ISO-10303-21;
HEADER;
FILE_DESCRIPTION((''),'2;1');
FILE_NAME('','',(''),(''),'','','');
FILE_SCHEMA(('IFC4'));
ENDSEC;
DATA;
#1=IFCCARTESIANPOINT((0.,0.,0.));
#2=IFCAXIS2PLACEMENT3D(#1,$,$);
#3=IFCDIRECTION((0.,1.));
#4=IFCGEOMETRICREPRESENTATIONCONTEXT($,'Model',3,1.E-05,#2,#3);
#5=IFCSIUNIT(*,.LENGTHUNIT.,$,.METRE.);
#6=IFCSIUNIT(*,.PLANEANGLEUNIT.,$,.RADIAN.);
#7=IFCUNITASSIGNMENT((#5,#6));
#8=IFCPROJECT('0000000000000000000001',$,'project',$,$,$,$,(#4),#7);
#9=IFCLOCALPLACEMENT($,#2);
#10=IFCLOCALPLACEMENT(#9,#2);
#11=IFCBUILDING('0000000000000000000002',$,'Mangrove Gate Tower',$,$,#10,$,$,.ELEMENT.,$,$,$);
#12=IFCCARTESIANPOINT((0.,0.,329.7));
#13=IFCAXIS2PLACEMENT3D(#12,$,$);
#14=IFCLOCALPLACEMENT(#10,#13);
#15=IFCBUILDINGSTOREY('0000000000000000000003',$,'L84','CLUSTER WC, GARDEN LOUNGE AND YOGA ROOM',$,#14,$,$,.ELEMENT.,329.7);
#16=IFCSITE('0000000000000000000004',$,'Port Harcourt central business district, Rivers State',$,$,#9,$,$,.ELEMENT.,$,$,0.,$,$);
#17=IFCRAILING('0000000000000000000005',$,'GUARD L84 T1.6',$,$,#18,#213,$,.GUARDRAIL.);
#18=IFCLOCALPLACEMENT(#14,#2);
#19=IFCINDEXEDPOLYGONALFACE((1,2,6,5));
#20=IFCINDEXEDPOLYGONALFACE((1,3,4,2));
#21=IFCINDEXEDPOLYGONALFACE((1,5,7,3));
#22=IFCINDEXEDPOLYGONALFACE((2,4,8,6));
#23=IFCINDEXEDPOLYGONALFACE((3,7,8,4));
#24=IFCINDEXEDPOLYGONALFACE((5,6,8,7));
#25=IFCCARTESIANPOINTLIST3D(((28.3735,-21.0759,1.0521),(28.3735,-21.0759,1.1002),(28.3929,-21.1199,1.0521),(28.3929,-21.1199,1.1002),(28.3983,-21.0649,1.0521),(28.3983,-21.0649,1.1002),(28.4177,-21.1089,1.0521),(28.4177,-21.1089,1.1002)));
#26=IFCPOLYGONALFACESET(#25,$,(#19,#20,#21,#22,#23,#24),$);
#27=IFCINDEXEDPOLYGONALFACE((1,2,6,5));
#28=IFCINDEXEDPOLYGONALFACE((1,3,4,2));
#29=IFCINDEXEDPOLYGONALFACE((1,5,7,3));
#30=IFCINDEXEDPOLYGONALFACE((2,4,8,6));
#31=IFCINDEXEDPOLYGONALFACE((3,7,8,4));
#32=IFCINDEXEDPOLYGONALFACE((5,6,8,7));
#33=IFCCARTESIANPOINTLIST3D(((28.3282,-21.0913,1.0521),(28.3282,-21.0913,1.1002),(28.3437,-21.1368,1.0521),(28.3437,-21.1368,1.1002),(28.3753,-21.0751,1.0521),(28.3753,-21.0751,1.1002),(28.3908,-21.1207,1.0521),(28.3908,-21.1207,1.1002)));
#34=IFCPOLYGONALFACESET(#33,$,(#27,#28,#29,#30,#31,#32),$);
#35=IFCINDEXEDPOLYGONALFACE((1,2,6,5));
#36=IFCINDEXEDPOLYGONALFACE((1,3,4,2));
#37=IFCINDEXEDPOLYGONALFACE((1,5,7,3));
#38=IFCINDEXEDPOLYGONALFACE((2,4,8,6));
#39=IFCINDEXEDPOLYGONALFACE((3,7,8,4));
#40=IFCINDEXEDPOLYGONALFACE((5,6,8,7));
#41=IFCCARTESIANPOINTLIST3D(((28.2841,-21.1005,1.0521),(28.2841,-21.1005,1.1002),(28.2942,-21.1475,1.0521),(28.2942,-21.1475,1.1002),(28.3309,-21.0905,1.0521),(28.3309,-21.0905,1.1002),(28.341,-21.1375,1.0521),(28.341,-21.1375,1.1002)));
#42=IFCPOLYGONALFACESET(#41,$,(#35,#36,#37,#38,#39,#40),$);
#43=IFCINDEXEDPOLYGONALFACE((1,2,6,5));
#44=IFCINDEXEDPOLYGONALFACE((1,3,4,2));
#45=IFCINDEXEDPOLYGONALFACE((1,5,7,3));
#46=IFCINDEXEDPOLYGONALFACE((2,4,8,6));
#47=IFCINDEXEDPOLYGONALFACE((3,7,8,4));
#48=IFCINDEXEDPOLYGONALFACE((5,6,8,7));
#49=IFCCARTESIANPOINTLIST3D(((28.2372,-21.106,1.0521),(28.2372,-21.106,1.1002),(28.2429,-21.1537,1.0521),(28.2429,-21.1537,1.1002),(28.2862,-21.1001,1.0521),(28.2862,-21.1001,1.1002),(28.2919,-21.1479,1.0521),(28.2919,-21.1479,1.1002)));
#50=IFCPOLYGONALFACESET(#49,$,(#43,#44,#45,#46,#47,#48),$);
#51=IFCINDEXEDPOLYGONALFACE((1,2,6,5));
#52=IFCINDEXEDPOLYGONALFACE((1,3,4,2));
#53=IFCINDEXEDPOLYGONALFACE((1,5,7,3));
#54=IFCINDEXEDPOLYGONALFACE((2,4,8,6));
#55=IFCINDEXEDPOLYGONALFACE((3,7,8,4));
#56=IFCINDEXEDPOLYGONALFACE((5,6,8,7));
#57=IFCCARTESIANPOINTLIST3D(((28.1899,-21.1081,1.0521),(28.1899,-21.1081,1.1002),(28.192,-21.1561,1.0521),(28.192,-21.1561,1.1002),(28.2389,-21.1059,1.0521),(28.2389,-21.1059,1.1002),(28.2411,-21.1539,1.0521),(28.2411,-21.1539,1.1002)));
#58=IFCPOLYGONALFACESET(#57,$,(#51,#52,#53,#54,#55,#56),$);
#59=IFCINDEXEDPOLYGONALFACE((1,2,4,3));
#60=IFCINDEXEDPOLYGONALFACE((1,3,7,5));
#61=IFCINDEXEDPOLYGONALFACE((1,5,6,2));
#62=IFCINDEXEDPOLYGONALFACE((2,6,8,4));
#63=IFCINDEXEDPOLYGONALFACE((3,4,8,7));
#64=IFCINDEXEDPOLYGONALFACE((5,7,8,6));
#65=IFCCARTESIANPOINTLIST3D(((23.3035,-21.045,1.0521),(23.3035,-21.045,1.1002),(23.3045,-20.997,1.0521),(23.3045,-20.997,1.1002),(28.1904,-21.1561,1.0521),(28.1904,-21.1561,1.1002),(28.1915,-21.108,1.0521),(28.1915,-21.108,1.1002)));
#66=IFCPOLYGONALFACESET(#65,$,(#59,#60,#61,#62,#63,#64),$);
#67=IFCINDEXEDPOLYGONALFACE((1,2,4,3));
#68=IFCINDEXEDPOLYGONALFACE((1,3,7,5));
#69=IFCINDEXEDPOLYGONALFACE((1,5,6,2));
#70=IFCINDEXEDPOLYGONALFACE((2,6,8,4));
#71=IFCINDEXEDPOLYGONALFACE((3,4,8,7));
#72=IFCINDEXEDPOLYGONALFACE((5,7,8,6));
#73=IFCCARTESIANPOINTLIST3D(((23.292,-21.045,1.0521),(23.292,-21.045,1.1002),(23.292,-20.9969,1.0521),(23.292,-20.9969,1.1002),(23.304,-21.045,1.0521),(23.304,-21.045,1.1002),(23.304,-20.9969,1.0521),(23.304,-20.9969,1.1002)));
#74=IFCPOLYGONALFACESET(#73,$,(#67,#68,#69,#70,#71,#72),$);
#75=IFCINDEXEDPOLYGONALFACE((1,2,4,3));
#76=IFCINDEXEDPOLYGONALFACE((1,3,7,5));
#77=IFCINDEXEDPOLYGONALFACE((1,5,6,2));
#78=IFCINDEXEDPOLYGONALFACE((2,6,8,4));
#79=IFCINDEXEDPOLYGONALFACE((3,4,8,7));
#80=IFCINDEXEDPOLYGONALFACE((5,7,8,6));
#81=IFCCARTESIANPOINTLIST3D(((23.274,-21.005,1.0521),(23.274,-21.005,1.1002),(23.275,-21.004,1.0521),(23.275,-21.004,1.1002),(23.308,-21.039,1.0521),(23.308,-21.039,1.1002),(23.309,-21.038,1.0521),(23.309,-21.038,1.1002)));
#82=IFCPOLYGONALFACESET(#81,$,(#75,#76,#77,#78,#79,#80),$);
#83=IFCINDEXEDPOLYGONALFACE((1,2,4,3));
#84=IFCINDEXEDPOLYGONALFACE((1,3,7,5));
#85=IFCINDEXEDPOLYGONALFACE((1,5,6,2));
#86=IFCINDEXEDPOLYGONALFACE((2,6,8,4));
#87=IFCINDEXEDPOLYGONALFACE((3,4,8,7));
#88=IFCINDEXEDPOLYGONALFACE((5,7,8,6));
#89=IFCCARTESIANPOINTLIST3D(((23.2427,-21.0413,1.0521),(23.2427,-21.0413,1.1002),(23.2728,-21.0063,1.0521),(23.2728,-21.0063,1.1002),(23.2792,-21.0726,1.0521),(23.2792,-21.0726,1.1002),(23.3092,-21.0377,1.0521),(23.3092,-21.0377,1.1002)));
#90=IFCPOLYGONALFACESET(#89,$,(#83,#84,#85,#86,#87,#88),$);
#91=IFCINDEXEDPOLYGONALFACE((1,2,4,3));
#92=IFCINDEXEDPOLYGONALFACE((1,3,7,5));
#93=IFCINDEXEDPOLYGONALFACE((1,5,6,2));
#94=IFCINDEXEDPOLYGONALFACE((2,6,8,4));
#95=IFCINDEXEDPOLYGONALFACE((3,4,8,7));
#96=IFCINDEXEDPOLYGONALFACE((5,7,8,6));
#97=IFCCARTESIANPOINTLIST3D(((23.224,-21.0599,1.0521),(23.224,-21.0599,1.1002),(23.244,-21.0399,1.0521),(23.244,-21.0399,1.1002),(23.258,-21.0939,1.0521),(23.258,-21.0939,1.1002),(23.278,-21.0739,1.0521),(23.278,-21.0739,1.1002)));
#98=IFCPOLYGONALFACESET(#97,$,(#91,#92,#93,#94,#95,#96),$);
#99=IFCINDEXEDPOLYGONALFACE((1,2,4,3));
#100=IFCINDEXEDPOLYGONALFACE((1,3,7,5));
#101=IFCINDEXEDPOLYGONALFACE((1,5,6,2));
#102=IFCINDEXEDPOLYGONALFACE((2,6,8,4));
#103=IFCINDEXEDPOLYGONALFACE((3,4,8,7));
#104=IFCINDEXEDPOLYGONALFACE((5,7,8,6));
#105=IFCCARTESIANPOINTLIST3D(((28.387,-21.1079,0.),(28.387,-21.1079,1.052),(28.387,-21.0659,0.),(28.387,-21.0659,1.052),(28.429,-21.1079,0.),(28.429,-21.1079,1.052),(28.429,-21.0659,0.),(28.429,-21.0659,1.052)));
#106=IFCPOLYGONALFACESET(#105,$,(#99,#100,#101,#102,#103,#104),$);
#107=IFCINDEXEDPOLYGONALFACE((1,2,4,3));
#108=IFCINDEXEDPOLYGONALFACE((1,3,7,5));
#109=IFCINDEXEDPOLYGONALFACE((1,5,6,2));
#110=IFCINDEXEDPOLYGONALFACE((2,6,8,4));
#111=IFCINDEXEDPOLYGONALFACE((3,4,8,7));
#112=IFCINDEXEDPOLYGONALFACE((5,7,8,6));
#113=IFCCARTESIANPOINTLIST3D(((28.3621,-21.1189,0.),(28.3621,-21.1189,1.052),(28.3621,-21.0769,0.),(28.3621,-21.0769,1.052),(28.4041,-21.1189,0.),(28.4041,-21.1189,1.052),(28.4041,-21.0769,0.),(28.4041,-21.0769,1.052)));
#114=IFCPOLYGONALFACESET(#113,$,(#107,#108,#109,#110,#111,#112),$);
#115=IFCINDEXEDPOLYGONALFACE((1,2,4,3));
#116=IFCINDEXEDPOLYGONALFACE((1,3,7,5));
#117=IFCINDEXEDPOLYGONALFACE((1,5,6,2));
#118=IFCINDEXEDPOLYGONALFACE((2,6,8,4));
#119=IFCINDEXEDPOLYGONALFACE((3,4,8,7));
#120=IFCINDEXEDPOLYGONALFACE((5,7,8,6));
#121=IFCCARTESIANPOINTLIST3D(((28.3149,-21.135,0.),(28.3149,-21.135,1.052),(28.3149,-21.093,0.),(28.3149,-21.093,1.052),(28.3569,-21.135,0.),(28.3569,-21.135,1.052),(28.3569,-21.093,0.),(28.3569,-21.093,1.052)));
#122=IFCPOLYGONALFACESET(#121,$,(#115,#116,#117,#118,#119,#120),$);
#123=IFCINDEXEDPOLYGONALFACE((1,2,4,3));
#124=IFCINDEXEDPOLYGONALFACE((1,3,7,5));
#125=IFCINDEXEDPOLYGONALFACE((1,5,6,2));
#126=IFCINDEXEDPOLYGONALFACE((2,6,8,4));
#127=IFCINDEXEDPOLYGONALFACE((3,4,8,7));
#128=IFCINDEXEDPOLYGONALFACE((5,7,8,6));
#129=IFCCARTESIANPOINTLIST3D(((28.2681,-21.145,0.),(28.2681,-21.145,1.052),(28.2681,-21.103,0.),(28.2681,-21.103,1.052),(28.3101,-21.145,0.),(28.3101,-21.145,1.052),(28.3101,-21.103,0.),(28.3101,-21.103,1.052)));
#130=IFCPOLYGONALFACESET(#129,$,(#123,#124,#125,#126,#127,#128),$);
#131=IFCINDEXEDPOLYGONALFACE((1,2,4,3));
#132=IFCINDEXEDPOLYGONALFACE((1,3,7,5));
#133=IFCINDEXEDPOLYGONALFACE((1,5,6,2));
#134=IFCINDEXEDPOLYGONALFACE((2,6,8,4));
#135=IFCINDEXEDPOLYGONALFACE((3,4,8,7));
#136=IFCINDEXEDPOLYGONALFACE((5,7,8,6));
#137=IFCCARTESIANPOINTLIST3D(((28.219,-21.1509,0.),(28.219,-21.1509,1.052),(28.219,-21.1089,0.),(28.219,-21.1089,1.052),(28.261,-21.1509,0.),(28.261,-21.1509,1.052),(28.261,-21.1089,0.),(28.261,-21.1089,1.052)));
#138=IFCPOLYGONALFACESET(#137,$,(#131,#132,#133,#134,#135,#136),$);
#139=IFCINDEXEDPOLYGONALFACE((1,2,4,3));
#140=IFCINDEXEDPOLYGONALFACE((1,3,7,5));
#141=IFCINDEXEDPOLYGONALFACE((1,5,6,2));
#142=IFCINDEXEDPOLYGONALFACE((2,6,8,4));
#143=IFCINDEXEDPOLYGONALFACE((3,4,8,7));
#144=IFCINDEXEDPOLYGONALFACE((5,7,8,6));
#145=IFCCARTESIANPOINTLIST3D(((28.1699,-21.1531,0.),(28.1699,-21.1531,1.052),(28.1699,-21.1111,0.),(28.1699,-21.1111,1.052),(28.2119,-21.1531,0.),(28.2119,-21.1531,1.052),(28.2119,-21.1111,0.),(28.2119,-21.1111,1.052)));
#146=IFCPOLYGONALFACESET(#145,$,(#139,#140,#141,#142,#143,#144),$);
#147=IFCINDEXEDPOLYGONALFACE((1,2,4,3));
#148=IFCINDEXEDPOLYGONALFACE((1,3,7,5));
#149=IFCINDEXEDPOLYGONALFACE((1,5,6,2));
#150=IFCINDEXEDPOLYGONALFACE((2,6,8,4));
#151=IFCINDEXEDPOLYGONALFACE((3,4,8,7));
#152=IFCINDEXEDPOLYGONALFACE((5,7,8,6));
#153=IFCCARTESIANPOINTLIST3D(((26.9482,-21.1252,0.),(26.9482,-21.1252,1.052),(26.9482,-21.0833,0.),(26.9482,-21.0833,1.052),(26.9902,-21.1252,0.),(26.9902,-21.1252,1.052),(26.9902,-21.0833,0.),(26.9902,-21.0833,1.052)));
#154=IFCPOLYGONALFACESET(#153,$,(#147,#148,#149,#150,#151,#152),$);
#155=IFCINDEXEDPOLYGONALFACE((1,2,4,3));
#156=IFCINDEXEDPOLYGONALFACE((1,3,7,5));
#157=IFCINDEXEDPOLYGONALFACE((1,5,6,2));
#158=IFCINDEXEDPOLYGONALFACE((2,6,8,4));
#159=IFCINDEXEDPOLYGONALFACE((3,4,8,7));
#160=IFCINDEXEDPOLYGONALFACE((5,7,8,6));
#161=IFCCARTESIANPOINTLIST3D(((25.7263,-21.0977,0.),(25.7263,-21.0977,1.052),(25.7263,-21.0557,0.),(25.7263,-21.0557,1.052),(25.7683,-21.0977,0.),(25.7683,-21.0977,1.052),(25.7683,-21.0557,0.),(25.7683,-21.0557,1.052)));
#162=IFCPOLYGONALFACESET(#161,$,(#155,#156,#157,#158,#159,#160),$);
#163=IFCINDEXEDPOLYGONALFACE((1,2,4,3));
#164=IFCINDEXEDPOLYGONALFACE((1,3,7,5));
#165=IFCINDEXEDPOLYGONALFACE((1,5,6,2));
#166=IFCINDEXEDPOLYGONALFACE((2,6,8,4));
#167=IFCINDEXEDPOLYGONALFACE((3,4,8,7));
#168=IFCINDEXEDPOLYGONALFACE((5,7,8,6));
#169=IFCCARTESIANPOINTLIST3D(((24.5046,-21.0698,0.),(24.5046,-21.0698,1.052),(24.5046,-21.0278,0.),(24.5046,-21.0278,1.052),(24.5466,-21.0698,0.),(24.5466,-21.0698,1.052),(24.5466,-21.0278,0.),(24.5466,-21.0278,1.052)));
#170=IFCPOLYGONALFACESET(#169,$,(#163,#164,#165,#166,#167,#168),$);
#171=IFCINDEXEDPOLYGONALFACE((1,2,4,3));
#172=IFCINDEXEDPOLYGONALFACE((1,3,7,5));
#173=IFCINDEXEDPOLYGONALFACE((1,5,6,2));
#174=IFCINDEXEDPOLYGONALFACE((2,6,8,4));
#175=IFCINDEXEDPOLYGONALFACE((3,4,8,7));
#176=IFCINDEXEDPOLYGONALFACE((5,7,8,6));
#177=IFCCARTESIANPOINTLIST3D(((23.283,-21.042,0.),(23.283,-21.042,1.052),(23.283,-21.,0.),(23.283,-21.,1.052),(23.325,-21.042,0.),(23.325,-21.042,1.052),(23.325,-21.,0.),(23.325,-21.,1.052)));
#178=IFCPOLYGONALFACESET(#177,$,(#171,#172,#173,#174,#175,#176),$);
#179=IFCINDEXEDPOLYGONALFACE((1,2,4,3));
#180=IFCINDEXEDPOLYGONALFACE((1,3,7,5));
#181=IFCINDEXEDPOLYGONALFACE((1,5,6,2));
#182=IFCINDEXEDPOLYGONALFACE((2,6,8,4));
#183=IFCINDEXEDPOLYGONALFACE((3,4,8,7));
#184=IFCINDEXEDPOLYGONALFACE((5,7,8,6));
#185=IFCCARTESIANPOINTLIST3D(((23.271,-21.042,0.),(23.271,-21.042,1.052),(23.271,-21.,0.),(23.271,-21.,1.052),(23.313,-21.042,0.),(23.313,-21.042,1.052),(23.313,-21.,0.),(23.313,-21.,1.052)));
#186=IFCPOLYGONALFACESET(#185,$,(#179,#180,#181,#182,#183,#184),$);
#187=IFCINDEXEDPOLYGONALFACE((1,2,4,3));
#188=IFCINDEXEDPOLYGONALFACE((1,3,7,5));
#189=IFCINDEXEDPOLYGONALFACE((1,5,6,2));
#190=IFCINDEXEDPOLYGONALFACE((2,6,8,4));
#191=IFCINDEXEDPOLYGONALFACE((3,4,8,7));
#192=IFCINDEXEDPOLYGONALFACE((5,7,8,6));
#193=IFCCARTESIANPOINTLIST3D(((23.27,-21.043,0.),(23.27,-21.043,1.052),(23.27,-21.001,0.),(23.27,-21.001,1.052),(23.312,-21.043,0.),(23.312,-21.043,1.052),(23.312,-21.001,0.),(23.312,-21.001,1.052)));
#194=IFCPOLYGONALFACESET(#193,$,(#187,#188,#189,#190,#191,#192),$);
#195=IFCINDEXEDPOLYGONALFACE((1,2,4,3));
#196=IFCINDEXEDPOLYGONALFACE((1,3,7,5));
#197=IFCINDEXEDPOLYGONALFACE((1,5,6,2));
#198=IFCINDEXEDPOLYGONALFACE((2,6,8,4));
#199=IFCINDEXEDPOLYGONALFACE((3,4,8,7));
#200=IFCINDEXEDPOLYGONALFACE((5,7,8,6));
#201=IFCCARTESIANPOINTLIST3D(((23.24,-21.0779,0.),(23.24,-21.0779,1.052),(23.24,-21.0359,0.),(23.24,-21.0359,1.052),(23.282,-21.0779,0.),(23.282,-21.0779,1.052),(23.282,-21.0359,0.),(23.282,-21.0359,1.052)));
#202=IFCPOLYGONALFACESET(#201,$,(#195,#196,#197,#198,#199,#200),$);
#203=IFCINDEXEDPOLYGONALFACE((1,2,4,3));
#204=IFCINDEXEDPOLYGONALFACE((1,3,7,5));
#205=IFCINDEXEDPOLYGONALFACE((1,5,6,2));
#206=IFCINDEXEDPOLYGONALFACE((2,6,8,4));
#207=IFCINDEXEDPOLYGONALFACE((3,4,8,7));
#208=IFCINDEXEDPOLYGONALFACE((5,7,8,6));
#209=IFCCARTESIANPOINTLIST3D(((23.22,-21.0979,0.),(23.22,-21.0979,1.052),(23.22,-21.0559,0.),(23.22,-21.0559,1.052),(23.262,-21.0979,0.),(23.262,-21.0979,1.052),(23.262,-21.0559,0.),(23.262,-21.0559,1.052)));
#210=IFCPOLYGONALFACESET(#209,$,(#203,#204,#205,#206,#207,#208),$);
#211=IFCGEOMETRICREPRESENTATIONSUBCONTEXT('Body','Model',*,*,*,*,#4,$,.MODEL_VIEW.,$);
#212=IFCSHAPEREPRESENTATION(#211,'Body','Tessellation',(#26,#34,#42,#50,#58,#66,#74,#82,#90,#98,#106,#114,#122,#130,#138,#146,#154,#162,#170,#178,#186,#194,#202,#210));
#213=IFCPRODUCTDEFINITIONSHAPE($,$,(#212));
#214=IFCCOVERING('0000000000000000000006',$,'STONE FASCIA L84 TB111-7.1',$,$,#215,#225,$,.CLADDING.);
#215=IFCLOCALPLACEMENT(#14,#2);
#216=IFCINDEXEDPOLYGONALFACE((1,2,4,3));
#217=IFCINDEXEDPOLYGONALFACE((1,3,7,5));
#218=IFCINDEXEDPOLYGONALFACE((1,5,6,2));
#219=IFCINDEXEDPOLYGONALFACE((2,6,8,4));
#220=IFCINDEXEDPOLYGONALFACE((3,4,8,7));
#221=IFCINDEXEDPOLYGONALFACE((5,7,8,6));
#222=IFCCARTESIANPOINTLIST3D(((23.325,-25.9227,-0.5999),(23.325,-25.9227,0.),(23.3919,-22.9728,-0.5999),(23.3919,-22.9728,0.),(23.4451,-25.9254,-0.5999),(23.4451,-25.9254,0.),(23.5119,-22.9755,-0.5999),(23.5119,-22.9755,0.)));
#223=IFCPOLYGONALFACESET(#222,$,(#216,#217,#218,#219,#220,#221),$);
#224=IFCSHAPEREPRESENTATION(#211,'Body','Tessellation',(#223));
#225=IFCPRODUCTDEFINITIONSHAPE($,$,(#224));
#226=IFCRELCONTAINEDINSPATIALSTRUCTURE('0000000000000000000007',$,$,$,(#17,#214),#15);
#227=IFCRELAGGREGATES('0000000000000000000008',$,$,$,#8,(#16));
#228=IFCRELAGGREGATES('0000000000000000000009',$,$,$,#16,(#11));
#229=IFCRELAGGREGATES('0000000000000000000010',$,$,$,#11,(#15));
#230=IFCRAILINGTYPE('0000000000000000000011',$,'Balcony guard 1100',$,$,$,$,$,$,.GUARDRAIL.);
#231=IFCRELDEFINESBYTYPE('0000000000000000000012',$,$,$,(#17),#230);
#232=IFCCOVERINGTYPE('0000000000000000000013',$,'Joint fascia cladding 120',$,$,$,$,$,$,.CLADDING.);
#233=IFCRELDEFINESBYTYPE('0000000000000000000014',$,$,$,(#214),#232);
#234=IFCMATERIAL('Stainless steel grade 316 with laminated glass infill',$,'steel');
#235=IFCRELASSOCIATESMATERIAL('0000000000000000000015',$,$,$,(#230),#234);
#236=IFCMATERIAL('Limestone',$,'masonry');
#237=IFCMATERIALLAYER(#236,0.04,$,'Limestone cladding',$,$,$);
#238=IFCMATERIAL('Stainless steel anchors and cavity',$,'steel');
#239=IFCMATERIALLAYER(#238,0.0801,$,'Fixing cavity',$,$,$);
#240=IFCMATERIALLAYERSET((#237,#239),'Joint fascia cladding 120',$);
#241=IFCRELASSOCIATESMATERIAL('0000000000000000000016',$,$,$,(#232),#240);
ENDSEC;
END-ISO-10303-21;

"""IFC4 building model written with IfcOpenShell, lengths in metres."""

from ifc_helpers import new_model, si_unit, direction, frame, frame_2d, origin, origin_2d, place, context, subcontext, project, spatial, rectangle, extrude, material, layer, layer_set, type_object, element, save


model = new_model("IFC4")

# Units and contexts
model_context = context("Model", 3, precision=1e-05, world=origin(), true_north=direction((0.0, 1.0)))
body_context = subcontext(model_context, "Body", "Model", "MODEL_VIEW")
ifc_project = project(units=[si_unit("LENGTHUNIT", "METRE"), si_unit("PLANEANGLEUNIT", "RADIAN")], contexts=[model_context])

# Site, building, storey
site_placement = place(None, origin())
site = spatial("IfcSite", under=ifc_project, at=site_placement, Name="Port Harcourt central business district, Rivers State", CompositionType="ELEMENT", RefElevation=0.0)
building_placement = place(site_placement, origin())
building = spatial("IfcBuilding", under=site, at=building_placement, Name="Mangrove Gate Tower", CompositionType="ELEMENT")
storey_placement = place(building_placement, frame((0.0, 0.0, 329.7)))
storey = spatial("IfcBuildingStorey", under=building, at=storey_placement, Name="L84", Description="CLUSTER WC, GARDEN LOUNGE AND YOGA ROOM", CompositionType="ELEMENT", Elevation=329.7)

# Shared definitions
ifc_material_1 = material(Name="Limestone", Category="masonry")

# Railing
ifc_material_2 = material(Name="Stainless steel grade 316 with laminated glass infill", Category="steel")
railing_type = type_object("IfcRailingType", Name="Balcony guard 1100", PredefinedType="GUARDRAIL", material=ifc_material_2)
railing_1_placement = place(storey_placement, frame((28.408, -21.0869, 0.0)))
element("IfcRailing", 1, at=railing_1_placement, inside=storey, type_object=railing_type, Name="GUARD L84 T1.6", PredefinedType="GUARDRAIL", context=body_context, shape_type="SweptSolid", body=[
    extrude(rectangle(XDim=0.0481, YDim=0.0481, at=origin_2d()), frame((0.0, 0.0, 1.0762), z_axis=(-0.914918, -0.40364, 0.0), x_axis=(0.40364, -0.914918, 0.0)), (0.0, 0.0, 1.0), 0.0271),
    extrude(rectangle(XDim=0.0481, YDim=0.0481, at=origin_2d()), frame((-0.0249, -0.011, 1.0762), z_axis=(-0.946203, -0.323572, 0.0), x_axis=(0.323572, -0.946203, 0.0)), (0.0, 0.0, 1.0), 0.0498),
    extrude(rectangle(XDim=0.0481, YDim=0.0481, at=origin_2d()), frame((-0.072, -0.0271, 1.0762), z_axis=(-0.977951, -0.208833, 0.0), x_axis=(0.208833, -0.977951, 0.0)), (0.0, 0.0, 1.0), 0.0479),
    extrude(rectangle(XDim=0.0481, YDim=0.0481, at=origin_2d()), frame((-0.1189, -0.0371, 1.0762), z_axis=(-0.992947, -0.118561, 0.0), x_axis=(0.118561, -0.992947, 0.0)), (0.0, 0.0, 1.0), 0.0493),
    extrude(rectangle(XDim=0.0481, YDim=0.0481, at=origin_2d()), frame((-0.168, -0.043, 1.0762), z_axis=(-0.998999, -0.044731, 0.0), x_axis=(0.044731, -0.998999, 0.0)), (0.0, 0.0, 1.0), 0.0491),
    extrude(rectangle(XDim=0.0481, YDim=0.0481, at=origin_2d()), frame((-0.217, -0.0452, 1.0762), z_axis=(-0.999742, 0.022725, 0.0), x_axis=(-0.022725, -0.999742, 0.0)), (0.0, 0.0, 1.0), 4.8882),
    extrude(rectangle(XDim=0.0481, YDim=0.0481, at=origin_2d()), frame((-5.104, 0.0659, 1.0762), z_axis=(-1.0, 0.0, 0.0), x_axis=(0.0, -1.0, 0.0)), (0.0, 0.0, 1.0), 0.012),
    extrude(rectangle(XDim=0.0481, YDim=0.0481, at=origin_2d()), frame((-5.116, 0.0659, 1.0762), z_axis=(-0.707107, -0.707107, 0.0), x_axis=(0.707107, -0.707107, 0.0)), (0.0, 0.0, 1.0), 0.0015),
    extrude(rectangle(XDim=0.0481, YDim=0.0481, at=origin_2d()), frame((-5.1169, 0.0649, 1.0762), z_axis=(-0.6521, -0.758133, 0.0), x_axis=(0.758133, -0.6521, 0.0)), (0.0, 0.0, 1.0), 0.0461),
    extrude(rectangle(XDim=0.0481, YDim=0.0481, at=origin_2d()), frame((-5.147, 0.03, 1.0762), z_axis=(-0.707107, -0.707107, 0.0), x_axis=(0.707107, -0.707107, 0.0)), (0.0, 0.0, 1.0), 0.0283),
    extrude(rectangle(XDim=0.042, YDim=0.042, at=origin_2d()), origin(), (0.0, 0.0, 1.0), 1.052),
    extrude(rectangle(XDim=0.042, YDim=0.042, at=origin_2d()), frame((-0.0249, -0.011, 0.0)), (0.0, 0.0, 1.0), 1.052),
    extrude(rectangle(XDim=0.042, YDim=0.042, at=origin_2d()), frame((-0.072, -0.0271, 0.0)), (0.0, 0.0, 1.0), 1.052),
    extrude(rectangle(XDim=0.042, YDim=0.042, at=origin_2d()), frame((-0.1189, -0.0371, 0.0)), (0.0, 0.0, 1.0), 1.052),
    extrude(rectangle(XDim=0.042, YDim=0.042, at=origin_2d()), frame((-0.168, -0.043, 0.0)), (0.0, 0.0, 1.0), 1.052),
    extrude(rectangle(XDim=0.042, YDim=0.042, at=origin_2d()), frame((-0.217, -0.0452, 0.0)), (0.0, 0.0, 1.0), 1.052),
    extrude(rectangle(XDim=0.042, YDim=0.042, at=origin_2d()), frame((-1.4387, -0.0173, 0.0)), (0.0, 0.0, 1.0), 1.052),
    extrude(rectangle(XDim=0.042, YDim=0.042, at=origin_2d()), frame((-2.6606, 0.0103, 0.0)), (0.0, 0.0, 1.0), 1.052),
    extrude(rectangle(XDim=0.042, YDim=0.042, at=origin_2d()), frame((-3.8823, 0.0381, 0.0)), (0.0, 0.0, 1.0), 1.052),
    extrude(rectangle(XDim=0.042, YDim=0.042, at=origin_2d()), frame((-5.104, 0.0659, 0.0)), (0.0, 0.0, 1.0), 1.052),
    extrude(rectangle(XDim=0.042, YDim=0.042, at=origin_2d()), frame((-5.116, 0.0659, 0.0)), (0.0, 0.0, 1.0), 1.052),
    extrude(rectangle(XDim=0.042, YDim=0.042, at=origin_2d()), frame((-5.1169, 0.0649, 0.0)), (0.0, 0.0, 1.0), 1.052),
    extrude(rectangle(XDim=0.042, YDim=0.042, at=origin_2d()), frame((-5.147, 0.03, 0.0)), (0.0, 0.0, 1.0), 1.052),
    extrude(rectangle(XDim=0.042, YDim=0.042, at=origin_2d()), frame((-5.167, 0.01, 0.0)), (0.0, 0.0, 1.0), 1.052),
])

# Covering
ifc_layer_1 = layer(ifc_material_1, 0.04, Name="Limestone cladding")
ifc_material_3 = material(Name="Stainless steel anchors and cavity", Category="steel")
ifc_layer_2 = layer(ifc_material_3, 0.0801, Name="Fixing cavity")
ifc_layer_set_1 = layer_set([ifc_layer_1, ifc_layer_2], Name="Joint fascia cladding 120")
covering_type = type_object("IfcCoveringType", Name="Joint fascia cladding 120", PredefinedType="CLADDING", material=ifc_layer_set_1)
covering_1_placement = place(storey_placement, frame((23.4519, -22.9741, -0.5999), z_axis=(0.0, 0.0, 1.0), x_axis=(-0.022671, -0.999743, 0.0)))
element("IfcCovering", 2, at=covering_1_placement, inside=storey, type_object=covering_type, Name="STONE FASCIA L84 TB111-7.1", PredefinedType="CLADDING", context=body_context, shape_type="SweptSolid", body=[
    extrude(rectangle(XDim=2.9507, YDim=0.1201, at=frame_2d((1.4753, 0.0))), origin(), (0.0, 0.0, 1.0), 0.5999),
])

save(model, "model.ifc")
